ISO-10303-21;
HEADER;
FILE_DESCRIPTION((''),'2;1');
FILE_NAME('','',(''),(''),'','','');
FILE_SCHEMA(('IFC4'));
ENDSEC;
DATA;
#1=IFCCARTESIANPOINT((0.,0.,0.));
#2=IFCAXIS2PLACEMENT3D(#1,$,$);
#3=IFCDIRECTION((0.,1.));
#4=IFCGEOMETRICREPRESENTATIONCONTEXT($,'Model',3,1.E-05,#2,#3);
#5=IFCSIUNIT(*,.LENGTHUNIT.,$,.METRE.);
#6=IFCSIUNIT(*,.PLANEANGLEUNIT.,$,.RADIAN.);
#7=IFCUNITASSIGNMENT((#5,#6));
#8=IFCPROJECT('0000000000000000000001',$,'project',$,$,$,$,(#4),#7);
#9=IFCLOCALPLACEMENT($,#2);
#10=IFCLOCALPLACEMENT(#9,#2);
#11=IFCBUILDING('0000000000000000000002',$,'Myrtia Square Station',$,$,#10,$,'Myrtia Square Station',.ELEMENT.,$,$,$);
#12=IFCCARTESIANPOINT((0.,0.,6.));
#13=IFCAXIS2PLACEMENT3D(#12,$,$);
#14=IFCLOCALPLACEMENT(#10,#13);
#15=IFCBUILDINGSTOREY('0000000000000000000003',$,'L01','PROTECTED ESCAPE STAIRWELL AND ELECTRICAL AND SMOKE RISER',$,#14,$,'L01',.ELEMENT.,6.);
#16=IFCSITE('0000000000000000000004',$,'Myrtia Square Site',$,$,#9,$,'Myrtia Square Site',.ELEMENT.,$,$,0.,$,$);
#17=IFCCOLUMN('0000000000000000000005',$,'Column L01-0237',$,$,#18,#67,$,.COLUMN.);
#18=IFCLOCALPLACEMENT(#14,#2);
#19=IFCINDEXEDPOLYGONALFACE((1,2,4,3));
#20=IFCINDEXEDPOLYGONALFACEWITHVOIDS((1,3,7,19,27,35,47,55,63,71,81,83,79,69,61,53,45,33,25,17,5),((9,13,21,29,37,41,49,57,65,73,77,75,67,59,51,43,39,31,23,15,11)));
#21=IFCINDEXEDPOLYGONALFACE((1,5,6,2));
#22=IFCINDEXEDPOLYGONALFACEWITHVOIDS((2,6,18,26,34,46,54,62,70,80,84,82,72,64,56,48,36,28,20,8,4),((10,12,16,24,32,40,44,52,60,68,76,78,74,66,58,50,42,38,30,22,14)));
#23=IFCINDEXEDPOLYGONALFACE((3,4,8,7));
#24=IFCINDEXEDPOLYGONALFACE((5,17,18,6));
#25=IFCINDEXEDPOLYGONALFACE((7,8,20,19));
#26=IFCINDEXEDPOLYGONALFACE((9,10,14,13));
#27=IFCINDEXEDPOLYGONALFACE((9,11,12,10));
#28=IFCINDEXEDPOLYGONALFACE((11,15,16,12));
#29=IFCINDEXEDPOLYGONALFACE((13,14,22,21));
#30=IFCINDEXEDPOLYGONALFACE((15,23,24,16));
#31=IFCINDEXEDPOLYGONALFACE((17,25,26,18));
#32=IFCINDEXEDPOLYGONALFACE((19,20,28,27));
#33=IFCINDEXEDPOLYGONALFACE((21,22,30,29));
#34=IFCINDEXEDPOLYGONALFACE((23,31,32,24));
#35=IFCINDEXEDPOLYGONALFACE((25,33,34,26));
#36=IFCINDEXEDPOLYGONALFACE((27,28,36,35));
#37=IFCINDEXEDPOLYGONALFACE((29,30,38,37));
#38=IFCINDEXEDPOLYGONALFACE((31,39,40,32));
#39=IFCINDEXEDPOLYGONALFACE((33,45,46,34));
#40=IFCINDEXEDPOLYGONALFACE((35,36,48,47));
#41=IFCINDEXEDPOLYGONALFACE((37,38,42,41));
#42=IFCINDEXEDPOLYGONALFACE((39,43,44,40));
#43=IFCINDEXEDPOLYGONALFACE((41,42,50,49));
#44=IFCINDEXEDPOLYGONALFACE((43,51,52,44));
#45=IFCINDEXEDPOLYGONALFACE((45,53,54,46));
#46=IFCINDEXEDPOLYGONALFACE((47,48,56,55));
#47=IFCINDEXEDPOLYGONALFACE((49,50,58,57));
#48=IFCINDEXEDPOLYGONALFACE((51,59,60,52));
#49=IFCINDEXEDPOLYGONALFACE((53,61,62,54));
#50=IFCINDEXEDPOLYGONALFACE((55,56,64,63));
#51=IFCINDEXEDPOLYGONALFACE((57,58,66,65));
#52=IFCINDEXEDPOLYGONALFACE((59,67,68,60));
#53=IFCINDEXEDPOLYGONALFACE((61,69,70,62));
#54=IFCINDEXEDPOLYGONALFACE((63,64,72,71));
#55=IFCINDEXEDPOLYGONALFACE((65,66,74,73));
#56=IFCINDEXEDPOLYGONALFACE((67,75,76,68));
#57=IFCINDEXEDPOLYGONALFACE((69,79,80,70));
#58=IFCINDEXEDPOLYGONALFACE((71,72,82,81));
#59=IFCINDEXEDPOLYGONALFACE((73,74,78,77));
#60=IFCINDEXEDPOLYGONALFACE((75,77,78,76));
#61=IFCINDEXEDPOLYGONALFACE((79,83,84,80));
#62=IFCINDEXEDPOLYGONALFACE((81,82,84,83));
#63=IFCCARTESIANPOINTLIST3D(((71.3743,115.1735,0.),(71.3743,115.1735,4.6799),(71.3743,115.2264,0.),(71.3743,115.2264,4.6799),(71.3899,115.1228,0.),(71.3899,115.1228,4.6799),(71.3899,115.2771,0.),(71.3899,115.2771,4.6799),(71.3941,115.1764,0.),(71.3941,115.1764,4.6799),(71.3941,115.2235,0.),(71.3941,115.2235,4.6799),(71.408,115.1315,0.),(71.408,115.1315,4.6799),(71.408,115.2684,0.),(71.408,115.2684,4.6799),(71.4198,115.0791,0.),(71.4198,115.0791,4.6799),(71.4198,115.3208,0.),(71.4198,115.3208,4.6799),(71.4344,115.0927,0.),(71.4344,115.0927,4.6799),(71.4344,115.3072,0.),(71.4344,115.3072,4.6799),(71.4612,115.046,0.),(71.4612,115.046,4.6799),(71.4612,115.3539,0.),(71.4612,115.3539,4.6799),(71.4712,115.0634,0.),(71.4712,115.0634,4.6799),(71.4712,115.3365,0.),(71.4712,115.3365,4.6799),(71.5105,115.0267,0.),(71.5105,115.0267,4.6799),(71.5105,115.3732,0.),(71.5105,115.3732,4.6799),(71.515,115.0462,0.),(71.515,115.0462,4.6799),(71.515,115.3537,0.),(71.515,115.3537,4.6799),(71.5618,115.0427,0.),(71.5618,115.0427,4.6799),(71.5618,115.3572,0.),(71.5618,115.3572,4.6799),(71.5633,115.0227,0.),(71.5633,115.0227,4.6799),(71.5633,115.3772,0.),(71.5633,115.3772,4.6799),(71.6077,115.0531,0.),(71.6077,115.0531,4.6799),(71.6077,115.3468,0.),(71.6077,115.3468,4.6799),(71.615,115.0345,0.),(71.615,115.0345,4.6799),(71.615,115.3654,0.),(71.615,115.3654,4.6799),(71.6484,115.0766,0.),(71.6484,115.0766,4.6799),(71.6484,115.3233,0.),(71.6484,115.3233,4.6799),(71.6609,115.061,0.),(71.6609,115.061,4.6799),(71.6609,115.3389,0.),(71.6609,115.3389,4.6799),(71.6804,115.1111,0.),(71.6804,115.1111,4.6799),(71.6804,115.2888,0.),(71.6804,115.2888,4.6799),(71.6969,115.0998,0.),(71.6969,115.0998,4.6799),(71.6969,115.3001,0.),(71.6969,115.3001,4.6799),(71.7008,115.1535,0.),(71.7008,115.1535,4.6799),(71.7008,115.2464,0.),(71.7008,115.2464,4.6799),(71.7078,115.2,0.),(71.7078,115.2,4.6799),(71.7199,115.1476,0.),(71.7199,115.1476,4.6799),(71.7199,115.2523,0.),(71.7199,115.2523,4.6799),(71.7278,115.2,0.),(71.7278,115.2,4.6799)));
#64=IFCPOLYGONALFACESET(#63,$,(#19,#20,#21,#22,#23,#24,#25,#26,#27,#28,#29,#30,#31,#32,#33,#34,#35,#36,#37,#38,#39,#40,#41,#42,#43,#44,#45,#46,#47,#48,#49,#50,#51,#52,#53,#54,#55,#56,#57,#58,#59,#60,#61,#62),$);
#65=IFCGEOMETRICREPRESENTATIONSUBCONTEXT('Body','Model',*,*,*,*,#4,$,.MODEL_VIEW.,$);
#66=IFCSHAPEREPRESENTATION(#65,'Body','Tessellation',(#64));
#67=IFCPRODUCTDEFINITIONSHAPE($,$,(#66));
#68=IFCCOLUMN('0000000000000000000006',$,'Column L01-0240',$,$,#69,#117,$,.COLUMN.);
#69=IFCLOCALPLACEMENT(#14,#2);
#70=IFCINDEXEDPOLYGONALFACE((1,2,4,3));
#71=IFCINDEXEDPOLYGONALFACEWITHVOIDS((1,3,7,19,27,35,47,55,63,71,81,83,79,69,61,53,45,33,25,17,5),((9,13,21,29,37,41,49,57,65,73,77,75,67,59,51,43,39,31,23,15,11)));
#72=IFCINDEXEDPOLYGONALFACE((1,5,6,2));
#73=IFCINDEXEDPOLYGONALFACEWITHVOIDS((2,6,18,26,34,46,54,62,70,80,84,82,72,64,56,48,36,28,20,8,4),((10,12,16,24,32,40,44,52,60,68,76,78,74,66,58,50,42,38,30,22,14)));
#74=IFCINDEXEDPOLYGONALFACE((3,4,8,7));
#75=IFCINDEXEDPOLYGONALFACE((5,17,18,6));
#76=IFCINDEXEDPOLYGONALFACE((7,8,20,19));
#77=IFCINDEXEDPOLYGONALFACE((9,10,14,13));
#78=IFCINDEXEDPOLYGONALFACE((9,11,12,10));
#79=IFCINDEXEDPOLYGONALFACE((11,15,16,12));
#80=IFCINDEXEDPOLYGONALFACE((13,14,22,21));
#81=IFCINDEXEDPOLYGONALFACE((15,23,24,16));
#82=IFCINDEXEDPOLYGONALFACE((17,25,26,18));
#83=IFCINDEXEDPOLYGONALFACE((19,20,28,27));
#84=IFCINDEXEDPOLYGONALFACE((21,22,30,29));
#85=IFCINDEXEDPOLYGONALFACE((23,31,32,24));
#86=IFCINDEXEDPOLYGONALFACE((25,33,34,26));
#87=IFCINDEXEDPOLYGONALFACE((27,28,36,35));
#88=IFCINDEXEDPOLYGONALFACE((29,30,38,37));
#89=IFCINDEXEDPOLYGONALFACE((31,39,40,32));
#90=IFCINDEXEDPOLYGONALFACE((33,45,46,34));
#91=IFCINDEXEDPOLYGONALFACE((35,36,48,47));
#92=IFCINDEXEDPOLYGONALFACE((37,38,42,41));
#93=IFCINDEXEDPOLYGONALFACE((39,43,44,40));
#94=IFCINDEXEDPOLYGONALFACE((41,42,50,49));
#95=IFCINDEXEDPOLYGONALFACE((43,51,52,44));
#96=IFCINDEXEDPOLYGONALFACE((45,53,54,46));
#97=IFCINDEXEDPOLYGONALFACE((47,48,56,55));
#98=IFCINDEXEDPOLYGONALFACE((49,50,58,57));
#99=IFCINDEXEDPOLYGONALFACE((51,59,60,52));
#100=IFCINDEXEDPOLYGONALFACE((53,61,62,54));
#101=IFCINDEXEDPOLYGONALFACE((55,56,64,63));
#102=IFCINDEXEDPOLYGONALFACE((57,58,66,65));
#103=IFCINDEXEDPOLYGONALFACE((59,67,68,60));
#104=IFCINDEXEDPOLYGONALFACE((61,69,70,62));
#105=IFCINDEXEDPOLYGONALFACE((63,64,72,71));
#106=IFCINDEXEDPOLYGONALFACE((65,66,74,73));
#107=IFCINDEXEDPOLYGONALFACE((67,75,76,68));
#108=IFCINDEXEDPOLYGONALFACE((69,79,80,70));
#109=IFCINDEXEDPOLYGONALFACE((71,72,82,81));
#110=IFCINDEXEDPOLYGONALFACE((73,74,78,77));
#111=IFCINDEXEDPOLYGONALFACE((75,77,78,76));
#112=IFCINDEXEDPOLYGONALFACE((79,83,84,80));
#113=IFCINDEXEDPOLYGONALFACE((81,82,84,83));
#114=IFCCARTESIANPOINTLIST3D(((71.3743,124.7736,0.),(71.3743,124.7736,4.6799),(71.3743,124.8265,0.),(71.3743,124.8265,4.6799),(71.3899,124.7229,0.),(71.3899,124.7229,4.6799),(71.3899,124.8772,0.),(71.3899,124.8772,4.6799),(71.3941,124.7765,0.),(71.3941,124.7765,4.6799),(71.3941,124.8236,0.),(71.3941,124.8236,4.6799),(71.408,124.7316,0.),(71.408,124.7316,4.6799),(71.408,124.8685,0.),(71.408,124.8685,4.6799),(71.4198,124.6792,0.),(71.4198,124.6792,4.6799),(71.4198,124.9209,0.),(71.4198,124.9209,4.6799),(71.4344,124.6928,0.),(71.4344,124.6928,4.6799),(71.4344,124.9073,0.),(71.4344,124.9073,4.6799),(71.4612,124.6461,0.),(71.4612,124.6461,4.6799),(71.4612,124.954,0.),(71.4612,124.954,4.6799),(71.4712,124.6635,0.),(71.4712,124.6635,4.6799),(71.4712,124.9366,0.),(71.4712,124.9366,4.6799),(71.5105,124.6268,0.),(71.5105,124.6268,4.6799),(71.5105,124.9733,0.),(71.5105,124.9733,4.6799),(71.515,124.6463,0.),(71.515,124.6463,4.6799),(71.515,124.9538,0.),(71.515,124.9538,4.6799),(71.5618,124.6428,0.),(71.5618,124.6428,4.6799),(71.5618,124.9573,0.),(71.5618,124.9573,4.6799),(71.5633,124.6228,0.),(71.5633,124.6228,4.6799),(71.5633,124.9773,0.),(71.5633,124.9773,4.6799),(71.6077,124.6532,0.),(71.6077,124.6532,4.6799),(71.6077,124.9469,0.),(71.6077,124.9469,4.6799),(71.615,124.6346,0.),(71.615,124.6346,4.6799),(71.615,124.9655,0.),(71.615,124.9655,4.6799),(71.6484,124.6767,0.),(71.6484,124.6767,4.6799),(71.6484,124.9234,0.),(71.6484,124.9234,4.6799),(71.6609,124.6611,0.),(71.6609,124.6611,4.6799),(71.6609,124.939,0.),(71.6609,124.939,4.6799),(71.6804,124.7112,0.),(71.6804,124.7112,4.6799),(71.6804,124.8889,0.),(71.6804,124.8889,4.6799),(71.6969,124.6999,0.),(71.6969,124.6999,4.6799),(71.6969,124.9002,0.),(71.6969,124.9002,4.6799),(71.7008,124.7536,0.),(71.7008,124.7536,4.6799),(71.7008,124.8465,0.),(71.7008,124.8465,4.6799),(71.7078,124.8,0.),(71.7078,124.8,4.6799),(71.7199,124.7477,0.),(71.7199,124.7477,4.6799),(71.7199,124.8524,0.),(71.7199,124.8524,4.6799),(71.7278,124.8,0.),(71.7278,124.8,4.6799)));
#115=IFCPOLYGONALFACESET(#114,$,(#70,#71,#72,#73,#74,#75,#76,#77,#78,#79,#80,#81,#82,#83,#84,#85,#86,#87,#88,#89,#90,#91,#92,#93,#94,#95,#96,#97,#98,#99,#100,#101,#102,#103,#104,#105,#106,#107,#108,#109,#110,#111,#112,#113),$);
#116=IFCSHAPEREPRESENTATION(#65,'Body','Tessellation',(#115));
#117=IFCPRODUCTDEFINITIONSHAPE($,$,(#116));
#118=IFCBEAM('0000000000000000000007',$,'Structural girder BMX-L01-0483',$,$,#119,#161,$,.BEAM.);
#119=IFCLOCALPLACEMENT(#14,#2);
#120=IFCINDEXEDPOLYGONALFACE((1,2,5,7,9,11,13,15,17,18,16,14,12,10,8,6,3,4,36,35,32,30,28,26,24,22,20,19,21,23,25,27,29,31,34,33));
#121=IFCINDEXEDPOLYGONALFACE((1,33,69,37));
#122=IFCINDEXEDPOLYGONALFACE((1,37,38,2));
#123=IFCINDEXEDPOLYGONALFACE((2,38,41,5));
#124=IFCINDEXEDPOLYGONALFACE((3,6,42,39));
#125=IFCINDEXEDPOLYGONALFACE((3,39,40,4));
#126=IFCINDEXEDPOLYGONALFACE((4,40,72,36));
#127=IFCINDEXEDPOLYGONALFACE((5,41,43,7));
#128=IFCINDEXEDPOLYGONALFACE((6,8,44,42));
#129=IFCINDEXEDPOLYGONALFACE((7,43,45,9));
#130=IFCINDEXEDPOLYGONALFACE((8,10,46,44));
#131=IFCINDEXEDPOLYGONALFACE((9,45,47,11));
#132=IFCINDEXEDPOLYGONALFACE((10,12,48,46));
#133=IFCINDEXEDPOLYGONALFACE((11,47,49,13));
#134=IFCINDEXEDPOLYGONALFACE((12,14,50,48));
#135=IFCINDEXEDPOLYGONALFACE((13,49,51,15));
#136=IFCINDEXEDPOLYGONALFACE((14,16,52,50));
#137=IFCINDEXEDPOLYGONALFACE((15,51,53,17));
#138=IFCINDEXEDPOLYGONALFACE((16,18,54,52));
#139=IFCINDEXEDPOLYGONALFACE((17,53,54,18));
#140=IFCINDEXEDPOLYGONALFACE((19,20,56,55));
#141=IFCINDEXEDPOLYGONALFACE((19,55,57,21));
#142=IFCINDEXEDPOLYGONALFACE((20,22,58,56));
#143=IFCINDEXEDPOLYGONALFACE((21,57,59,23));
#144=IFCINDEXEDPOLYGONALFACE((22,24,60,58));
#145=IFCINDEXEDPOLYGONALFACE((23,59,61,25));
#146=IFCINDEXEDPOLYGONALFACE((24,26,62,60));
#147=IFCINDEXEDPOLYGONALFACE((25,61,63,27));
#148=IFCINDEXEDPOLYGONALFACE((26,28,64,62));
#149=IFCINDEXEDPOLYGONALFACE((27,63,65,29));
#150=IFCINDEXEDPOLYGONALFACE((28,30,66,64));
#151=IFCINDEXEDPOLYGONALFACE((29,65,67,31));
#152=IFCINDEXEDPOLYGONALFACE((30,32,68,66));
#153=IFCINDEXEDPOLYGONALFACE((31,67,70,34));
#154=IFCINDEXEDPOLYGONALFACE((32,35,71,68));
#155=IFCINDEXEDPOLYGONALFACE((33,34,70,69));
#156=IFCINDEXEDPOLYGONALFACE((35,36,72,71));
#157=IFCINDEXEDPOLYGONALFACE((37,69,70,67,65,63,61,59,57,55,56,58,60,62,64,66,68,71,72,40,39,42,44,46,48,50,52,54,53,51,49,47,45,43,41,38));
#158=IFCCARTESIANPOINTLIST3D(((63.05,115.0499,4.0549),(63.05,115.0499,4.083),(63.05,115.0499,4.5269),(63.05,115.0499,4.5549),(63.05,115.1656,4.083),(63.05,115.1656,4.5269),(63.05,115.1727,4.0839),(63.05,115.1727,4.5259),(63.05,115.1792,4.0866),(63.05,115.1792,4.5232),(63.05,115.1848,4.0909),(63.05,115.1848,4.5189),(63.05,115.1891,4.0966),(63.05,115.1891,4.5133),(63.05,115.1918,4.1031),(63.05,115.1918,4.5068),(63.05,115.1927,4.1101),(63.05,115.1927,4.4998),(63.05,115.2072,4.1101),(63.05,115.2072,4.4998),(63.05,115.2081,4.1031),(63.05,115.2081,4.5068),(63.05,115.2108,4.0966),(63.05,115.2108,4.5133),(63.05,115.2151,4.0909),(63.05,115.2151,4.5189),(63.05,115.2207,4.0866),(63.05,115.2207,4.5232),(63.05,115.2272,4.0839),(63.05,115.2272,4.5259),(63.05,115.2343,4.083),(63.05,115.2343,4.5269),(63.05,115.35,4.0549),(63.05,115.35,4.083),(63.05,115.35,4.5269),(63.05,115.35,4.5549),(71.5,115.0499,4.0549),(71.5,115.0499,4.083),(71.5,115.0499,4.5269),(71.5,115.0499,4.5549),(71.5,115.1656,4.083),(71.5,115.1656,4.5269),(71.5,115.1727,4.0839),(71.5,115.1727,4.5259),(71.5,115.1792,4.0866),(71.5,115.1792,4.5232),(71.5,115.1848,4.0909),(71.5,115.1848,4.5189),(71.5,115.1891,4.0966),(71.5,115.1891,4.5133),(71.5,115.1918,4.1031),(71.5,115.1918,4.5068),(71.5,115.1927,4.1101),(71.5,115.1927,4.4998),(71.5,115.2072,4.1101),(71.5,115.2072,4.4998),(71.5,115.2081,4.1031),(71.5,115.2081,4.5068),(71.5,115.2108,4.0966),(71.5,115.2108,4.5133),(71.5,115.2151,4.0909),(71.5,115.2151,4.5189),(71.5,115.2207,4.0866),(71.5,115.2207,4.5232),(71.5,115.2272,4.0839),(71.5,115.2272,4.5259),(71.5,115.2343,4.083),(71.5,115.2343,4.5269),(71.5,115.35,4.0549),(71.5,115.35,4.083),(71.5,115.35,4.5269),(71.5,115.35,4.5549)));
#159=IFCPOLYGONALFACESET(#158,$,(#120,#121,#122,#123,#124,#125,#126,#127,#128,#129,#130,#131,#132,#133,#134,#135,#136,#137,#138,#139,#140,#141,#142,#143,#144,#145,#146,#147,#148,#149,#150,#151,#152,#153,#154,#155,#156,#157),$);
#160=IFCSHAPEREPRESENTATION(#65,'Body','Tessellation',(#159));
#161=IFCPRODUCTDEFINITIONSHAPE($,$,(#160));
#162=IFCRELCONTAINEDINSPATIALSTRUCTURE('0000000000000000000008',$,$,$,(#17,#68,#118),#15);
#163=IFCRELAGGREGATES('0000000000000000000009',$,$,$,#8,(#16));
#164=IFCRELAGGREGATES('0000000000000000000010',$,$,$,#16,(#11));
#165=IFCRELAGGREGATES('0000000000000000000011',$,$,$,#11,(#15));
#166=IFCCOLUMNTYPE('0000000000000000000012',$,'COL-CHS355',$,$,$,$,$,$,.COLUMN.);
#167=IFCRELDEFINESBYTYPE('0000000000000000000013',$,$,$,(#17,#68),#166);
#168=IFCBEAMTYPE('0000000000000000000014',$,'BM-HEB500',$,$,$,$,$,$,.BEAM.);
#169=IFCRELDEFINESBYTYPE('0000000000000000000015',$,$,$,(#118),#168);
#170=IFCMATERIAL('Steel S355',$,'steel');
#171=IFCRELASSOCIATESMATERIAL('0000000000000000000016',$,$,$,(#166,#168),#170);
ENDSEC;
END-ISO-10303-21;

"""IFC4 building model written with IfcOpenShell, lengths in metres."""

from ifc_helpers import new_model, si_unit, direction, frame, origin, origin_2d, place, context, subcontext, project, spatial, hollow_circle, i_section, extrude, material, material_profile, profile_set, type_object, element, save


model = new_model("IFC4")

# Units and contexts
model_context = context("Model", 3, precision=1e-05, world=origin(), true_north=direction((0.0, 1.0)))
body_context = subcontext(model_context, "Body", "Model", "MODEL_VIEW")
ifc_project = project(units=[si_unit("LENGTHUNIT", "METRE"), si_unit("PLANEANGLEUNIT", "RADIAN")], contexts=[model_context])

# Site, building, storey
site_placement = place(None, origin())
site = spatial("IfcSite", under=ifc_project, at=site_placement, Name="Myrtia Square Site", LongName="Myrtia Square Site", CompositionType="ELEMENT", RefElevation=0.0)
building_placement = place(site_placement, origin())
building = spatial("IfcBuilding", under=site, at=building_placement, Name="Myrtia Square Station", LongName="Myrtia Square Station", CompositionType="ELEMENT")
storey_placement = place(building_placement, frame((0.0, 0.0, 6.0)))
storey = spatial("IfcBuildingStorey", under=building, at=storey_placement, Name="L01", Description="PROTECTED ESCAPE STAIRWELL AND ELECTRICAL AND SMOKE RISER", LongName="L01", CompositionType="ELEMENT", Elevation=6.0)

# Columns
ifc_material_1 = material(Name="Steel S355", Category="steel")
ifc_material_profile_1 = material_profile(ifc_material_1, hollow_circle(Radius=0.1777, WallThickness=0.02, at=origin_2d()), Name="CHS 355.6x20")
ifc_profile_set_1 = profile_set([ifc_material_profile_1], Name="Steel S355")
column_type = type_object("IfcColumnType", Name="COL-CHS355", PredefinedType="COLUMN", material=ifc_profile_set_1)
for number, where, z_axis, x_axis, name in (
    (1, (71.55, 115.2, 0.0), (0.0, 0.0, 1.0), (1.0, 0.0, 0.0), "Column L01-0237"),
    (2, (71.55, 124.8, 0.0), (0.0, 0.0, 1.0), (1.0, 0.0, 0.0), "Column L01-0240"),
):
    element("IfcColumn", number, at=place(storey_placement, frame(where, z_axis=z_axis, x_axis=x_axis)), inside=storey, type_object=column_type, Name=name, PredefinedType="COLUMN", context=body_context, shape_type="SweptSolid", body=[
        extrude(hollow_circle(Radius=0.1777, WallThickness=0.02, at=origin_2d()), origin(), (0.0, 0.0, 1.0), 4.6799),
    ])

# Beam
ifc_material_profile_2 = material_profile(ifc_material_1, i_section(OverallWidth=0.3, OverallDepth=0.5, WebThickness=0.0144, FlangeThickness=0.0281, FilletRadius=0.0271, at=origin_2d()), Name="HEB 500")
ifc_profile_set_2 = profile_set([ifc_material_profile_2], Name="Steel S355")
beam_type_1 = type_object("IfcBeamType", Name="BM-HEB500", PredefinedType="BEAM", material=ifc_profile_set_2)
beam_1_placement = place(storey_placement, frame((63.05, 115.2, 4.3049), z_axis=(1.0, 0.0, 0.0), x_axis=(0.0, 1.0, 0.0)))
element("IfcBeam", 3, at=beam_1_placement, inside=storey, type_object=beam_type_1, Name="Structural girder BMX-L01-0483", PredefinedType="BEAM", context=body_context, shape_type="SweptSolid", body=[
    extrude(i_section(OverallWidth=0.3, OverallDepth=0.5, WebThickness=0.0144, FlangeThickness=0.0281, FilletRadius=0.0271, at=origin_2d()), origin(), (0.0, 0.0, 1.0), 8.45),
])

save(model, "model.ifc")
